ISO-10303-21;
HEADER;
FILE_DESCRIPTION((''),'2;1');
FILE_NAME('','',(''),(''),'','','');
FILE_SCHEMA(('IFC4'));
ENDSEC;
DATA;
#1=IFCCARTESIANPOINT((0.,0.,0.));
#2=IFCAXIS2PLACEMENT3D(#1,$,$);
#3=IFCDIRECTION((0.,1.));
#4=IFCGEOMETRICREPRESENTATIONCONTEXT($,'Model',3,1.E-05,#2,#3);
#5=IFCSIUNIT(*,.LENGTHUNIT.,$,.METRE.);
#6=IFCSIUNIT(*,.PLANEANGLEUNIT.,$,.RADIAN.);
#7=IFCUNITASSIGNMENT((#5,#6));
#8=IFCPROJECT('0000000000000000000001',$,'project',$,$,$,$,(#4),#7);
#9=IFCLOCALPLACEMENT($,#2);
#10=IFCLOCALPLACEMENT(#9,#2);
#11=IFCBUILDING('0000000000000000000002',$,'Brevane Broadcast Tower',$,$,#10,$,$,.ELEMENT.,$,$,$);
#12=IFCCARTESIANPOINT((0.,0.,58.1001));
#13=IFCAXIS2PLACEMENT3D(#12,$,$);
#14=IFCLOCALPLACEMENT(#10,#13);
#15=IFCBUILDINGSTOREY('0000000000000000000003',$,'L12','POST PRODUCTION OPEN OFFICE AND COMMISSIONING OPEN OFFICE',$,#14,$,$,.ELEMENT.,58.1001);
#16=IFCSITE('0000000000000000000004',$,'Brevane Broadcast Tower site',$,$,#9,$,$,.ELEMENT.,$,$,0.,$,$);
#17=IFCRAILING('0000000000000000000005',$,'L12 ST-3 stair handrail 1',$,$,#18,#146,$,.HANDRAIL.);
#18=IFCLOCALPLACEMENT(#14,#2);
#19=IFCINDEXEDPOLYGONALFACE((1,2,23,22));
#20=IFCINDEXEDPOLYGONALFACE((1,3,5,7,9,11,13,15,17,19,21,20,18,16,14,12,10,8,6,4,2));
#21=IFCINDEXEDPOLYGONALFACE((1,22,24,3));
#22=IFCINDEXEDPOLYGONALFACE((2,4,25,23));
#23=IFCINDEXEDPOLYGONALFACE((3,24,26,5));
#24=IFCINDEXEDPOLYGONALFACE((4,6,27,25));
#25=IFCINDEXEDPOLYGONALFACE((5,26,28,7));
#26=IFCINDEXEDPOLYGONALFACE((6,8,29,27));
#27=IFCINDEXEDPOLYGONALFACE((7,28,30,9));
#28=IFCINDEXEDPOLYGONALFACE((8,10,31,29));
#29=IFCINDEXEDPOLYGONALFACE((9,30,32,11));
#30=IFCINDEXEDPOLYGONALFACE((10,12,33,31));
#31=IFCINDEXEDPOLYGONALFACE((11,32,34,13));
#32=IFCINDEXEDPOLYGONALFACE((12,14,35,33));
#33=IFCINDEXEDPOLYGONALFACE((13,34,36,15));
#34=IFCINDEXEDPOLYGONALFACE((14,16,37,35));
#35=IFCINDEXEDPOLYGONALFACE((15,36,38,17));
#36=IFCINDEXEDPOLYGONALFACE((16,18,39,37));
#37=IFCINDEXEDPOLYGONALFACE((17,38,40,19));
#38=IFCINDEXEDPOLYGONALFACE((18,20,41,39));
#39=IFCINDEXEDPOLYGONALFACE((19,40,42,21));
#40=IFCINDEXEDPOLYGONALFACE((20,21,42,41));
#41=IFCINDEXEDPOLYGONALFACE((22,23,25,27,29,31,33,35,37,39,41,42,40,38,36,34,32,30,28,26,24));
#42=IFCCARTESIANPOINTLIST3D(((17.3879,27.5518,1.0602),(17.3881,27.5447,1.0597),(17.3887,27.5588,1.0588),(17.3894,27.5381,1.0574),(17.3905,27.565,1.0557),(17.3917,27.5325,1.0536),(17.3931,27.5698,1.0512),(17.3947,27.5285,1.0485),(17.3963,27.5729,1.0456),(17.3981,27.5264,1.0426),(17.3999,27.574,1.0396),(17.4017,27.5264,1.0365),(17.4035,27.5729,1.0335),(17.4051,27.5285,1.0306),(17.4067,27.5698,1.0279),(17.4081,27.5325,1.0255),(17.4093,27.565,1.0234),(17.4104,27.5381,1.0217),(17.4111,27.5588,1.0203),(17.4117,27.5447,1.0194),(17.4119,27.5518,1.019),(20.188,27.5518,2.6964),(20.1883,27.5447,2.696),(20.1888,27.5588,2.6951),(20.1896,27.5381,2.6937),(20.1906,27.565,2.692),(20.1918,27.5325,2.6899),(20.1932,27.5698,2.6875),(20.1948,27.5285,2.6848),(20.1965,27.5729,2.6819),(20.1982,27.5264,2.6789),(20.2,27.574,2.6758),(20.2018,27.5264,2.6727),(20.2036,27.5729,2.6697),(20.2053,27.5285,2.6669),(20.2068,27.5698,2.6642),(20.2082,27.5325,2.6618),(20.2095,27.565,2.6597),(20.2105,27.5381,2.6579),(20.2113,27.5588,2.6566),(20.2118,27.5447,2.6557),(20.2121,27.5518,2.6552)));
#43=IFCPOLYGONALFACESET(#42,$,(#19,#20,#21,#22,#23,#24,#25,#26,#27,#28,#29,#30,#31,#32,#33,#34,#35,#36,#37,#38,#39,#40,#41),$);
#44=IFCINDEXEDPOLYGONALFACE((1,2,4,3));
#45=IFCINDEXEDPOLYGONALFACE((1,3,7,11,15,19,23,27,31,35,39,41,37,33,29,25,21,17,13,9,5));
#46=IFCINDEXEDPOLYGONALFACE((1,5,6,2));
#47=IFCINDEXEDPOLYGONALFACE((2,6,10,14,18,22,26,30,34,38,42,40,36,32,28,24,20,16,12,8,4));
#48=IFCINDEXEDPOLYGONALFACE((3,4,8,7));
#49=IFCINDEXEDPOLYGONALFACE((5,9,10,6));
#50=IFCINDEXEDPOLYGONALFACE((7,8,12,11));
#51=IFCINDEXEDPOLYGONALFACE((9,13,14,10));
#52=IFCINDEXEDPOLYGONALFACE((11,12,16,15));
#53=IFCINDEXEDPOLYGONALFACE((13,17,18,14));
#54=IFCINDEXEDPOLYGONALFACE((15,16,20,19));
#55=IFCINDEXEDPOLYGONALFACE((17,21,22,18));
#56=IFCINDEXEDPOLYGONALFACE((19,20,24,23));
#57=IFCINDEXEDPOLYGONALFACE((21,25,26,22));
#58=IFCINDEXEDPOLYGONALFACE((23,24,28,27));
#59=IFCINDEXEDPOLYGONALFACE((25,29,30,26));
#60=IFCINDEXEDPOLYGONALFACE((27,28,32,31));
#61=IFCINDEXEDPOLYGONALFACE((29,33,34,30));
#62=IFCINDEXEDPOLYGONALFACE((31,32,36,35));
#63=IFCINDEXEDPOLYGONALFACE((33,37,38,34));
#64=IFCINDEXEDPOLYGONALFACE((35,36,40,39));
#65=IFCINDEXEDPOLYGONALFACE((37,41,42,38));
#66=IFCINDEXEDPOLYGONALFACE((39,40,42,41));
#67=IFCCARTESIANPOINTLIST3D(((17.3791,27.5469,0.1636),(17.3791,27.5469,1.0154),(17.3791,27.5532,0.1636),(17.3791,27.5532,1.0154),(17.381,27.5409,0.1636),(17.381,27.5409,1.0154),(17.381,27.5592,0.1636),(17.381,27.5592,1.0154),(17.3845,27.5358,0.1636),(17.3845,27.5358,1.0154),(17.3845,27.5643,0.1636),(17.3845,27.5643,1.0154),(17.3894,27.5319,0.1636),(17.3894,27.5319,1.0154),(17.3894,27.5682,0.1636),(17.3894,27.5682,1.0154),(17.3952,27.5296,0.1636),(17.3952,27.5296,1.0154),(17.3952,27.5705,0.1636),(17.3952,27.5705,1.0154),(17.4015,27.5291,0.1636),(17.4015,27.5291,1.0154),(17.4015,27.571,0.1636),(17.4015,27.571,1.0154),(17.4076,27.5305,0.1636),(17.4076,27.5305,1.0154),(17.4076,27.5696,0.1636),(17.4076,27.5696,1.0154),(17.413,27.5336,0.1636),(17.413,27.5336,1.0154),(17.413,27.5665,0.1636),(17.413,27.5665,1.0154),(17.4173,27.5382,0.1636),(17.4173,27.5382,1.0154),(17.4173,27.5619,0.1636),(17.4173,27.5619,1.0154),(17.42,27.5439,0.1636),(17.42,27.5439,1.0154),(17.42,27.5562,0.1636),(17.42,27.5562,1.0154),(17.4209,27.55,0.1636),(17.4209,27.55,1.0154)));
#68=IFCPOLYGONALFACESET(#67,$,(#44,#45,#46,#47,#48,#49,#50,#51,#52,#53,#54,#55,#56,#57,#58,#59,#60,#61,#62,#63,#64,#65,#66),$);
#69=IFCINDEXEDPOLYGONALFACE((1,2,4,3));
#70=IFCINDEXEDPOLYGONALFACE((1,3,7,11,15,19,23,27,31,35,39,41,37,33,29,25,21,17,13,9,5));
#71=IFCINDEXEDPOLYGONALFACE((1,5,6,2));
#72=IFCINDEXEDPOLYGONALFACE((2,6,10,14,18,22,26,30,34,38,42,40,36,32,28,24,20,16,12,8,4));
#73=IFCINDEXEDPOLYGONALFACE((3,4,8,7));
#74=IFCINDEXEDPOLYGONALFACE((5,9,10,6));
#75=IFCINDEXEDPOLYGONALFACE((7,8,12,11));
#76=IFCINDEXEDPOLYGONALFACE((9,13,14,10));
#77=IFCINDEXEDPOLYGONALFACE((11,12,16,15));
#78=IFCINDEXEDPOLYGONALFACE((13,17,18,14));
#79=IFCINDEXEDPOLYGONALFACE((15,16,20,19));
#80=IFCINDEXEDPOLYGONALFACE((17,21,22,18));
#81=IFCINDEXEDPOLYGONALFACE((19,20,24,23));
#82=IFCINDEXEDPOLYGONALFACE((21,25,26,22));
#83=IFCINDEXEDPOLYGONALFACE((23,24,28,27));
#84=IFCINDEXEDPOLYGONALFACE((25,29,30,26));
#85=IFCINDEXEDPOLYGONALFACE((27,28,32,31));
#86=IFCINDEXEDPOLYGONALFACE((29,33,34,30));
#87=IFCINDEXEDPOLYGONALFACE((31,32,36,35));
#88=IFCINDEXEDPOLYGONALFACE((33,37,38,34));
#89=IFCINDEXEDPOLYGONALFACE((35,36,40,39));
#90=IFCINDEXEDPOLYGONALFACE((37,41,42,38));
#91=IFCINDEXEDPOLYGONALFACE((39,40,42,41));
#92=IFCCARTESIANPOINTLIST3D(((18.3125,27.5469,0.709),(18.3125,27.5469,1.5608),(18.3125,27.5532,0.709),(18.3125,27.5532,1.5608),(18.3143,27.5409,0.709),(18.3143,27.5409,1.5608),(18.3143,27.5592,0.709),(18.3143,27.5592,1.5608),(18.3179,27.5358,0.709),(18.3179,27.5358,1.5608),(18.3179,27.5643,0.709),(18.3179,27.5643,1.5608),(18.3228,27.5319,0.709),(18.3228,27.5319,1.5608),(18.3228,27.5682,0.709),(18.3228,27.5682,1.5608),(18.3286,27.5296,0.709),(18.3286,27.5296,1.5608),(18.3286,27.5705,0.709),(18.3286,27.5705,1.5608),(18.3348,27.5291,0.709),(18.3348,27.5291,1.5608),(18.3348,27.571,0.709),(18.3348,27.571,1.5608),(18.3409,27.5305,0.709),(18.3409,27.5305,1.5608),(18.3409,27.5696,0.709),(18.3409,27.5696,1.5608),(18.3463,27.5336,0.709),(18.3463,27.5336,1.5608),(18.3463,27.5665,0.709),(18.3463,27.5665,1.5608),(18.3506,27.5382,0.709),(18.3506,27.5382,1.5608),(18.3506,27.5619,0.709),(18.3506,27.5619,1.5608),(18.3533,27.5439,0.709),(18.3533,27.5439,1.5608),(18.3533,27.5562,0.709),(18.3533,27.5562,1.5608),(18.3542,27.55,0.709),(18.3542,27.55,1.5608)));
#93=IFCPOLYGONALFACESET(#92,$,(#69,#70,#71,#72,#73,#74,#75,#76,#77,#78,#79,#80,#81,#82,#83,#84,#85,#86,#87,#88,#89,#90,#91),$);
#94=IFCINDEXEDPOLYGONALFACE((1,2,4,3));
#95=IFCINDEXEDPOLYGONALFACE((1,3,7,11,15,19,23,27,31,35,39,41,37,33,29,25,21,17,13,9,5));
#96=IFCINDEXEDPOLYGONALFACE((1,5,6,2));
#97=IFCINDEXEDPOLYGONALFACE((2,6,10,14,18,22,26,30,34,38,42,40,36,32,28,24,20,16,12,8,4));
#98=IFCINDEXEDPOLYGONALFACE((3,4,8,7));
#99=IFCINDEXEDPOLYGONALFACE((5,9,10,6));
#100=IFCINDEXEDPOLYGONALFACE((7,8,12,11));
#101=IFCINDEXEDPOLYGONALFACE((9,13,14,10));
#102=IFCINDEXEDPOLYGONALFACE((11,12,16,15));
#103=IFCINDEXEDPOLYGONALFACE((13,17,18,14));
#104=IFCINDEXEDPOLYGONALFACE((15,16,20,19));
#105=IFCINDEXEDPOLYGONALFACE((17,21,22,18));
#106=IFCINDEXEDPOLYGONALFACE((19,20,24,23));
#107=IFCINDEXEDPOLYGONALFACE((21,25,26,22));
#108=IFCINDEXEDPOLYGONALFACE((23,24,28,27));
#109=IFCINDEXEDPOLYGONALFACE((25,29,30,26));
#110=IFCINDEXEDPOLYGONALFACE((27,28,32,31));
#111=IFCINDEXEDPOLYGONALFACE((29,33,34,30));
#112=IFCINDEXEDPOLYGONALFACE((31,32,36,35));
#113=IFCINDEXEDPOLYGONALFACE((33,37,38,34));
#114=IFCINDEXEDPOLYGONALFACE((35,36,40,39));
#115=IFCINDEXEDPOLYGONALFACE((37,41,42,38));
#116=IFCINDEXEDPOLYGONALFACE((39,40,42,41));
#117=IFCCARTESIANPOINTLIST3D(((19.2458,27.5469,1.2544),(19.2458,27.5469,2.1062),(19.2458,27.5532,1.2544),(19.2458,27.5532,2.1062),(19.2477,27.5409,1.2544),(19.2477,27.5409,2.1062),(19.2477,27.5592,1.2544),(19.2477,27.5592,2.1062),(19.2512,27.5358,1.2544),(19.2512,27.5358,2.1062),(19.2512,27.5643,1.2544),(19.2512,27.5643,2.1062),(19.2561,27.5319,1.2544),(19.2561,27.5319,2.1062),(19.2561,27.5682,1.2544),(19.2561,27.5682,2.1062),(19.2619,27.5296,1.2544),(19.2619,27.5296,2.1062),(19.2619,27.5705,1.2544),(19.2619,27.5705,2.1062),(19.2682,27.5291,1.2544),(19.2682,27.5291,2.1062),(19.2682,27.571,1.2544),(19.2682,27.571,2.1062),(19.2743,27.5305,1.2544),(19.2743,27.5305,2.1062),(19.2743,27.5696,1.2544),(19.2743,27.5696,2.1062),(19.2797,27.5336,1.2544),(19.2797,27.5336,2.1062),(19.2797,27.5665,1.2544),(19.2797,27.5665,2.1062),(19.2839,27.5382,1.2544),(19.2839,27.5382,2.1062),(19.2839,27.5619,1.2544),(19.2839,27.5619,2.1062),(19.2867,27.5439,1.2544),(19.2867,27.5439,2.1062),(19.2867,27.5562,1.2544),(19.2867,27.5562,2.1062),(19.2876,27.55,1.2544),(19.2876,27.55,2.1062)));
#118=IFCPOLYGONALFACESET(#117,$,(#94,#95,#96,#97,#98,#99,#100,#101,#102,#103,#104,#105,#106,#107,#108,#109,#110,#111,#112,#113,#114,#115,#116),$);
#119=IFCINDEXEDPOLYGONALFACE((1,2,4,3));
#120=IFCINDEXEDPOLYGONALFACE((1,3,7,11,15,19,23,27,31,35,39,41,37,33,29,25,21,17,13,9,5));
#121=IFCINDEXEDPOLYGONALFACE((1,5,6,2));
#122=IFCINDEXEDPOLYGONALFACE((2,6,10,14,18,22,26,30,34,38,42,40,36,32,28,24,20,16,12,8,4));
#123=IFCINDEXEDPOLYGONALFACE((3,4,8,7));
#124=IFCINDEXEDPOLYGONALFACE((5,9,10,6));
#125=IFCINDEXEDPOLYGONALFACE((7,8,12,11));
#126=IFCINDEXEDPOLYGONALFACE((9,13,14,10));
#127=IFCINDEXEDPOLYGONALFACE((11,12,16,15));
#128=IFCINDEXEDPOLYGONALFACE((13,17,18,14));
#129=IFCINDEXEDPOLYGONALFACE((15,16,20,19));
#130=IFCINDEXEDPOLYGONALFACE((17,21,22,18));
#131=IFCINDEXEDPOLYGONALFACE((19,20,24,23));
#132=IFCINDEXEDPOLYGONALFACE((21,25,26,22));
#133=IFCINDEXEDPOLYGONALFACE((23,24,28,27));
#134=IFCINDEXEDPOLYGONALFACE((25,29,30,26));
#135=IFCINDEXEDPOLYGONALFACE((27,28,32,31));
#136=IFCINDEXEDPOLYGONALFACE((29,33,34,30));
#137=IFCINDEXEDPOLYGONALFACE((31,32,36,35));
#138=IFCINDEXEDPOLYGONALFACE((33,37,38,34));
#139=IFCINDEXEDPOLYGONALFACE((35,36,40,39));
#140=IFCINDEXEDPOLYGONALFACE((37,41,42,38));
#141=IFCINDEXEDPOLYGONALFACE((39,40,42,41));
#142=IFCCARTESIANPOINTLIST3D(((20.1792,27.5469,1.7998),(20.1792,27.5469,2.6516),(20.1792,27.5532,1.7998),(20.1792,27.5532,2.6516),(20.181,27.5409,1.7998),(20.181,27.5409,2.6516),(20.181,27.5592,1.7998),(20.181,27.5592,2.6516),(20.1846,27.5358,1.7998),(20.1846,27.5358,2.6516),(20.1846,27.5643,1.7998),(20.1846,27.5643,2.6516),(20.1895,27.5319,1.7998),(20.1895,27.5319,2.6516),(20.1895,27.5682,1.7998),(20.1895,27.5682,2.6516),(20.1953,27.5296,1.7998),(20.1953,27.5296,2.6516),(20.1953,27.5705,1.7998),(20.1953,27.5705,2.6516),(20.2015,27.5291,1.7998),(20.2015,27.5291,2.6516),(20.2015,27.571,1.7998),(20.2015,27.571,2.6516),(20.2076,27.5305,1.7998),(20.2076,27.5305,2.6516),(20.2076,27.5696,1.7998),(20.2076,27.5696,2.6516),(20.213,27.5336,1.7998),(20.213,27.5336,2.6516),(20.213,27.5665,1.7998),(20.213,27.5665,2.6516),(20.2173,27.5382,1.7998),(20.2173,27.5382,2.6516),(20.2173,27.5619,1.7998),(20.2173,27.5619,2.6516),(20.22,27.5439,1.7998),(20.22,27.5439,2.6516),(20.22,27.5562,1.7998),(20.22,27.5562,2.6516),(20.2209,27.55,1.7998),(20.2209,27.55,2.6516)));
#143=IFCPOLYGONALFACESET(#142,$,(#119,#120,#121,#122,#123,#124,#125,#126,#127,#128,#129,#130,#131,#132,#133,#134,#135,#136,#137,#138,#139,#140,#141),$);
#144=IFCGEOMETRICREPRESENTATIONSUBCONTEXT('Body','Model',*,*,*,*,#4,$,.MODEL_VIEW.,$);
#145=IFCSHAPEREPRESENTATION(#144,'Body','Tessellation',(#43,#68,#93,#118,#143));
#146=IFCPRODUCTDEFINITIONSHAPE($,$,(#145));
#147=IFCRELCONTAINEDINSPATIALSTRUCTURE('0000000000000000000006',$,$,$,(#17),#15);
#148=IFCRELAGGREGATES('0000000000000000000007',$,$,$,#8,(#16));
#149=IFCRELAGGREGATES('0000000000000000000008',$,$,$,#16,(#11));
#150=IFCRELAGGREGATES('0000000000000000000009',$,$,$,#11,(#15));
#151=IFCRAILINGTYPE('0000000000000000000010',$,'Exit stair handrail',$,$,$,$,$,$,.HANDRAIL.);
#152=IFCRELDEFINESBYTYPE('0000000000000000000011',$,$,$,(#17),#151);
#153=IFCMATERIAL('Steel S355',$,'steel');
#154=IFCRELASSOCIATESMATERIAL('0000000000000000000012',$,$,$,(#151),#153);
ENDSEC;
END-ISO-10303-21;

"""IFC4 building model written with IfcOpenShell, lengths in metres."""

from ifc_helpers import new_model, si_unit, direction, frame, origin, origin_2d, place, context, subcontext, project, spatial, circle, extrude, material, type_object, element, save


model = new_model("IFC4")

# Units and contexts
model_context = context("Model", 3, precision=1e-05, world=origin(), true_north=direction((0.0, 1.0)))
body_context = subcontext(model_context, "Body", "Model", "MODEL_VIEW")
ifc_project = project(units=[si_unit("LENGTHUNIT", "METRE"), si_unit("PLANEANGLEUNIT", "RADIAN")], contexts=[model_context])

# Site, building, storey
site_placement = place(None, origin())
site = spatial("IfcSite", under=ifc_project, at=site_placement, Name="Brevane Broadcast Tower site", CompositionType="ELEMENT", RefElevation=0.0)
building_placement = place(site_placement, origin())
building = spatial("IfcBuilding", under=site, at=building_placement, Name="Brevane Broadcast Tower", CompositionType="ELEMENT")
storey_placement = place(building_placement, frame((0.0, 0.0, 58.1001)))
storey = spatial("IfcBuildingStorey", under=building, at=storey_placement, Name="L12", Description="POST PRODUCTION OPEN OFFICE AND COMMISSIONING OPEN OFFICE", CompositionType="ELEMENT", Elevation=58.1001)

# Railing
ifc_material_1 = material(Name="Steel S355", Category="steel")
railing_type_1 = type_object("IfcRailingType", Name="Exit stair handrail", PredefinedType="HANDRAIL", material=ifc_material_1)
railing_1_placement = place(storey_placement, frame((17.3999, 27.55, 0.1636)))
element("IfcRailing", 1, at=railing_1_placement, inside=storey, type_object=railing_type_1, Name="L12 ST-3 stair handrail 1", PredefinedType="HANDRAIL", context=body_context, shape_type="SweptSolid", body=[
    extrude(circle(Radius=0.0239, at=origin_2d()), frame((0.0, 0.0, 0.876), z_axis=(0.863394, 0.0, 0.504531), x_axis=(0.0, 1.0, 0.0)), (0.0, 0.0, 1.0), 3.2432),
    extrude(circle(Radius=0.021, at=origin_2d()), origin(), (0.0, 0.0, 1.0), 0.8518),
    extrude(circle(Radius=0.021, at=origin_2d()), frame((0.9333, 0.0, 0.5454)), (0.0, 0.0, 1.0), 0.8518),
    extrude(circle(Radius=0.021, at=origin_2d()), frame((1.8667, 0.0, 1.0908)), (0.0, 0.0, 1.0), 0.8518),
    extrude(circle(Radius=0.021, at=origin_2d()), frame((2.8, 0.0, 1.6362)), (0.0, 0.0, 1.0), 0.8518),
])

save(model, "model.ifc")
